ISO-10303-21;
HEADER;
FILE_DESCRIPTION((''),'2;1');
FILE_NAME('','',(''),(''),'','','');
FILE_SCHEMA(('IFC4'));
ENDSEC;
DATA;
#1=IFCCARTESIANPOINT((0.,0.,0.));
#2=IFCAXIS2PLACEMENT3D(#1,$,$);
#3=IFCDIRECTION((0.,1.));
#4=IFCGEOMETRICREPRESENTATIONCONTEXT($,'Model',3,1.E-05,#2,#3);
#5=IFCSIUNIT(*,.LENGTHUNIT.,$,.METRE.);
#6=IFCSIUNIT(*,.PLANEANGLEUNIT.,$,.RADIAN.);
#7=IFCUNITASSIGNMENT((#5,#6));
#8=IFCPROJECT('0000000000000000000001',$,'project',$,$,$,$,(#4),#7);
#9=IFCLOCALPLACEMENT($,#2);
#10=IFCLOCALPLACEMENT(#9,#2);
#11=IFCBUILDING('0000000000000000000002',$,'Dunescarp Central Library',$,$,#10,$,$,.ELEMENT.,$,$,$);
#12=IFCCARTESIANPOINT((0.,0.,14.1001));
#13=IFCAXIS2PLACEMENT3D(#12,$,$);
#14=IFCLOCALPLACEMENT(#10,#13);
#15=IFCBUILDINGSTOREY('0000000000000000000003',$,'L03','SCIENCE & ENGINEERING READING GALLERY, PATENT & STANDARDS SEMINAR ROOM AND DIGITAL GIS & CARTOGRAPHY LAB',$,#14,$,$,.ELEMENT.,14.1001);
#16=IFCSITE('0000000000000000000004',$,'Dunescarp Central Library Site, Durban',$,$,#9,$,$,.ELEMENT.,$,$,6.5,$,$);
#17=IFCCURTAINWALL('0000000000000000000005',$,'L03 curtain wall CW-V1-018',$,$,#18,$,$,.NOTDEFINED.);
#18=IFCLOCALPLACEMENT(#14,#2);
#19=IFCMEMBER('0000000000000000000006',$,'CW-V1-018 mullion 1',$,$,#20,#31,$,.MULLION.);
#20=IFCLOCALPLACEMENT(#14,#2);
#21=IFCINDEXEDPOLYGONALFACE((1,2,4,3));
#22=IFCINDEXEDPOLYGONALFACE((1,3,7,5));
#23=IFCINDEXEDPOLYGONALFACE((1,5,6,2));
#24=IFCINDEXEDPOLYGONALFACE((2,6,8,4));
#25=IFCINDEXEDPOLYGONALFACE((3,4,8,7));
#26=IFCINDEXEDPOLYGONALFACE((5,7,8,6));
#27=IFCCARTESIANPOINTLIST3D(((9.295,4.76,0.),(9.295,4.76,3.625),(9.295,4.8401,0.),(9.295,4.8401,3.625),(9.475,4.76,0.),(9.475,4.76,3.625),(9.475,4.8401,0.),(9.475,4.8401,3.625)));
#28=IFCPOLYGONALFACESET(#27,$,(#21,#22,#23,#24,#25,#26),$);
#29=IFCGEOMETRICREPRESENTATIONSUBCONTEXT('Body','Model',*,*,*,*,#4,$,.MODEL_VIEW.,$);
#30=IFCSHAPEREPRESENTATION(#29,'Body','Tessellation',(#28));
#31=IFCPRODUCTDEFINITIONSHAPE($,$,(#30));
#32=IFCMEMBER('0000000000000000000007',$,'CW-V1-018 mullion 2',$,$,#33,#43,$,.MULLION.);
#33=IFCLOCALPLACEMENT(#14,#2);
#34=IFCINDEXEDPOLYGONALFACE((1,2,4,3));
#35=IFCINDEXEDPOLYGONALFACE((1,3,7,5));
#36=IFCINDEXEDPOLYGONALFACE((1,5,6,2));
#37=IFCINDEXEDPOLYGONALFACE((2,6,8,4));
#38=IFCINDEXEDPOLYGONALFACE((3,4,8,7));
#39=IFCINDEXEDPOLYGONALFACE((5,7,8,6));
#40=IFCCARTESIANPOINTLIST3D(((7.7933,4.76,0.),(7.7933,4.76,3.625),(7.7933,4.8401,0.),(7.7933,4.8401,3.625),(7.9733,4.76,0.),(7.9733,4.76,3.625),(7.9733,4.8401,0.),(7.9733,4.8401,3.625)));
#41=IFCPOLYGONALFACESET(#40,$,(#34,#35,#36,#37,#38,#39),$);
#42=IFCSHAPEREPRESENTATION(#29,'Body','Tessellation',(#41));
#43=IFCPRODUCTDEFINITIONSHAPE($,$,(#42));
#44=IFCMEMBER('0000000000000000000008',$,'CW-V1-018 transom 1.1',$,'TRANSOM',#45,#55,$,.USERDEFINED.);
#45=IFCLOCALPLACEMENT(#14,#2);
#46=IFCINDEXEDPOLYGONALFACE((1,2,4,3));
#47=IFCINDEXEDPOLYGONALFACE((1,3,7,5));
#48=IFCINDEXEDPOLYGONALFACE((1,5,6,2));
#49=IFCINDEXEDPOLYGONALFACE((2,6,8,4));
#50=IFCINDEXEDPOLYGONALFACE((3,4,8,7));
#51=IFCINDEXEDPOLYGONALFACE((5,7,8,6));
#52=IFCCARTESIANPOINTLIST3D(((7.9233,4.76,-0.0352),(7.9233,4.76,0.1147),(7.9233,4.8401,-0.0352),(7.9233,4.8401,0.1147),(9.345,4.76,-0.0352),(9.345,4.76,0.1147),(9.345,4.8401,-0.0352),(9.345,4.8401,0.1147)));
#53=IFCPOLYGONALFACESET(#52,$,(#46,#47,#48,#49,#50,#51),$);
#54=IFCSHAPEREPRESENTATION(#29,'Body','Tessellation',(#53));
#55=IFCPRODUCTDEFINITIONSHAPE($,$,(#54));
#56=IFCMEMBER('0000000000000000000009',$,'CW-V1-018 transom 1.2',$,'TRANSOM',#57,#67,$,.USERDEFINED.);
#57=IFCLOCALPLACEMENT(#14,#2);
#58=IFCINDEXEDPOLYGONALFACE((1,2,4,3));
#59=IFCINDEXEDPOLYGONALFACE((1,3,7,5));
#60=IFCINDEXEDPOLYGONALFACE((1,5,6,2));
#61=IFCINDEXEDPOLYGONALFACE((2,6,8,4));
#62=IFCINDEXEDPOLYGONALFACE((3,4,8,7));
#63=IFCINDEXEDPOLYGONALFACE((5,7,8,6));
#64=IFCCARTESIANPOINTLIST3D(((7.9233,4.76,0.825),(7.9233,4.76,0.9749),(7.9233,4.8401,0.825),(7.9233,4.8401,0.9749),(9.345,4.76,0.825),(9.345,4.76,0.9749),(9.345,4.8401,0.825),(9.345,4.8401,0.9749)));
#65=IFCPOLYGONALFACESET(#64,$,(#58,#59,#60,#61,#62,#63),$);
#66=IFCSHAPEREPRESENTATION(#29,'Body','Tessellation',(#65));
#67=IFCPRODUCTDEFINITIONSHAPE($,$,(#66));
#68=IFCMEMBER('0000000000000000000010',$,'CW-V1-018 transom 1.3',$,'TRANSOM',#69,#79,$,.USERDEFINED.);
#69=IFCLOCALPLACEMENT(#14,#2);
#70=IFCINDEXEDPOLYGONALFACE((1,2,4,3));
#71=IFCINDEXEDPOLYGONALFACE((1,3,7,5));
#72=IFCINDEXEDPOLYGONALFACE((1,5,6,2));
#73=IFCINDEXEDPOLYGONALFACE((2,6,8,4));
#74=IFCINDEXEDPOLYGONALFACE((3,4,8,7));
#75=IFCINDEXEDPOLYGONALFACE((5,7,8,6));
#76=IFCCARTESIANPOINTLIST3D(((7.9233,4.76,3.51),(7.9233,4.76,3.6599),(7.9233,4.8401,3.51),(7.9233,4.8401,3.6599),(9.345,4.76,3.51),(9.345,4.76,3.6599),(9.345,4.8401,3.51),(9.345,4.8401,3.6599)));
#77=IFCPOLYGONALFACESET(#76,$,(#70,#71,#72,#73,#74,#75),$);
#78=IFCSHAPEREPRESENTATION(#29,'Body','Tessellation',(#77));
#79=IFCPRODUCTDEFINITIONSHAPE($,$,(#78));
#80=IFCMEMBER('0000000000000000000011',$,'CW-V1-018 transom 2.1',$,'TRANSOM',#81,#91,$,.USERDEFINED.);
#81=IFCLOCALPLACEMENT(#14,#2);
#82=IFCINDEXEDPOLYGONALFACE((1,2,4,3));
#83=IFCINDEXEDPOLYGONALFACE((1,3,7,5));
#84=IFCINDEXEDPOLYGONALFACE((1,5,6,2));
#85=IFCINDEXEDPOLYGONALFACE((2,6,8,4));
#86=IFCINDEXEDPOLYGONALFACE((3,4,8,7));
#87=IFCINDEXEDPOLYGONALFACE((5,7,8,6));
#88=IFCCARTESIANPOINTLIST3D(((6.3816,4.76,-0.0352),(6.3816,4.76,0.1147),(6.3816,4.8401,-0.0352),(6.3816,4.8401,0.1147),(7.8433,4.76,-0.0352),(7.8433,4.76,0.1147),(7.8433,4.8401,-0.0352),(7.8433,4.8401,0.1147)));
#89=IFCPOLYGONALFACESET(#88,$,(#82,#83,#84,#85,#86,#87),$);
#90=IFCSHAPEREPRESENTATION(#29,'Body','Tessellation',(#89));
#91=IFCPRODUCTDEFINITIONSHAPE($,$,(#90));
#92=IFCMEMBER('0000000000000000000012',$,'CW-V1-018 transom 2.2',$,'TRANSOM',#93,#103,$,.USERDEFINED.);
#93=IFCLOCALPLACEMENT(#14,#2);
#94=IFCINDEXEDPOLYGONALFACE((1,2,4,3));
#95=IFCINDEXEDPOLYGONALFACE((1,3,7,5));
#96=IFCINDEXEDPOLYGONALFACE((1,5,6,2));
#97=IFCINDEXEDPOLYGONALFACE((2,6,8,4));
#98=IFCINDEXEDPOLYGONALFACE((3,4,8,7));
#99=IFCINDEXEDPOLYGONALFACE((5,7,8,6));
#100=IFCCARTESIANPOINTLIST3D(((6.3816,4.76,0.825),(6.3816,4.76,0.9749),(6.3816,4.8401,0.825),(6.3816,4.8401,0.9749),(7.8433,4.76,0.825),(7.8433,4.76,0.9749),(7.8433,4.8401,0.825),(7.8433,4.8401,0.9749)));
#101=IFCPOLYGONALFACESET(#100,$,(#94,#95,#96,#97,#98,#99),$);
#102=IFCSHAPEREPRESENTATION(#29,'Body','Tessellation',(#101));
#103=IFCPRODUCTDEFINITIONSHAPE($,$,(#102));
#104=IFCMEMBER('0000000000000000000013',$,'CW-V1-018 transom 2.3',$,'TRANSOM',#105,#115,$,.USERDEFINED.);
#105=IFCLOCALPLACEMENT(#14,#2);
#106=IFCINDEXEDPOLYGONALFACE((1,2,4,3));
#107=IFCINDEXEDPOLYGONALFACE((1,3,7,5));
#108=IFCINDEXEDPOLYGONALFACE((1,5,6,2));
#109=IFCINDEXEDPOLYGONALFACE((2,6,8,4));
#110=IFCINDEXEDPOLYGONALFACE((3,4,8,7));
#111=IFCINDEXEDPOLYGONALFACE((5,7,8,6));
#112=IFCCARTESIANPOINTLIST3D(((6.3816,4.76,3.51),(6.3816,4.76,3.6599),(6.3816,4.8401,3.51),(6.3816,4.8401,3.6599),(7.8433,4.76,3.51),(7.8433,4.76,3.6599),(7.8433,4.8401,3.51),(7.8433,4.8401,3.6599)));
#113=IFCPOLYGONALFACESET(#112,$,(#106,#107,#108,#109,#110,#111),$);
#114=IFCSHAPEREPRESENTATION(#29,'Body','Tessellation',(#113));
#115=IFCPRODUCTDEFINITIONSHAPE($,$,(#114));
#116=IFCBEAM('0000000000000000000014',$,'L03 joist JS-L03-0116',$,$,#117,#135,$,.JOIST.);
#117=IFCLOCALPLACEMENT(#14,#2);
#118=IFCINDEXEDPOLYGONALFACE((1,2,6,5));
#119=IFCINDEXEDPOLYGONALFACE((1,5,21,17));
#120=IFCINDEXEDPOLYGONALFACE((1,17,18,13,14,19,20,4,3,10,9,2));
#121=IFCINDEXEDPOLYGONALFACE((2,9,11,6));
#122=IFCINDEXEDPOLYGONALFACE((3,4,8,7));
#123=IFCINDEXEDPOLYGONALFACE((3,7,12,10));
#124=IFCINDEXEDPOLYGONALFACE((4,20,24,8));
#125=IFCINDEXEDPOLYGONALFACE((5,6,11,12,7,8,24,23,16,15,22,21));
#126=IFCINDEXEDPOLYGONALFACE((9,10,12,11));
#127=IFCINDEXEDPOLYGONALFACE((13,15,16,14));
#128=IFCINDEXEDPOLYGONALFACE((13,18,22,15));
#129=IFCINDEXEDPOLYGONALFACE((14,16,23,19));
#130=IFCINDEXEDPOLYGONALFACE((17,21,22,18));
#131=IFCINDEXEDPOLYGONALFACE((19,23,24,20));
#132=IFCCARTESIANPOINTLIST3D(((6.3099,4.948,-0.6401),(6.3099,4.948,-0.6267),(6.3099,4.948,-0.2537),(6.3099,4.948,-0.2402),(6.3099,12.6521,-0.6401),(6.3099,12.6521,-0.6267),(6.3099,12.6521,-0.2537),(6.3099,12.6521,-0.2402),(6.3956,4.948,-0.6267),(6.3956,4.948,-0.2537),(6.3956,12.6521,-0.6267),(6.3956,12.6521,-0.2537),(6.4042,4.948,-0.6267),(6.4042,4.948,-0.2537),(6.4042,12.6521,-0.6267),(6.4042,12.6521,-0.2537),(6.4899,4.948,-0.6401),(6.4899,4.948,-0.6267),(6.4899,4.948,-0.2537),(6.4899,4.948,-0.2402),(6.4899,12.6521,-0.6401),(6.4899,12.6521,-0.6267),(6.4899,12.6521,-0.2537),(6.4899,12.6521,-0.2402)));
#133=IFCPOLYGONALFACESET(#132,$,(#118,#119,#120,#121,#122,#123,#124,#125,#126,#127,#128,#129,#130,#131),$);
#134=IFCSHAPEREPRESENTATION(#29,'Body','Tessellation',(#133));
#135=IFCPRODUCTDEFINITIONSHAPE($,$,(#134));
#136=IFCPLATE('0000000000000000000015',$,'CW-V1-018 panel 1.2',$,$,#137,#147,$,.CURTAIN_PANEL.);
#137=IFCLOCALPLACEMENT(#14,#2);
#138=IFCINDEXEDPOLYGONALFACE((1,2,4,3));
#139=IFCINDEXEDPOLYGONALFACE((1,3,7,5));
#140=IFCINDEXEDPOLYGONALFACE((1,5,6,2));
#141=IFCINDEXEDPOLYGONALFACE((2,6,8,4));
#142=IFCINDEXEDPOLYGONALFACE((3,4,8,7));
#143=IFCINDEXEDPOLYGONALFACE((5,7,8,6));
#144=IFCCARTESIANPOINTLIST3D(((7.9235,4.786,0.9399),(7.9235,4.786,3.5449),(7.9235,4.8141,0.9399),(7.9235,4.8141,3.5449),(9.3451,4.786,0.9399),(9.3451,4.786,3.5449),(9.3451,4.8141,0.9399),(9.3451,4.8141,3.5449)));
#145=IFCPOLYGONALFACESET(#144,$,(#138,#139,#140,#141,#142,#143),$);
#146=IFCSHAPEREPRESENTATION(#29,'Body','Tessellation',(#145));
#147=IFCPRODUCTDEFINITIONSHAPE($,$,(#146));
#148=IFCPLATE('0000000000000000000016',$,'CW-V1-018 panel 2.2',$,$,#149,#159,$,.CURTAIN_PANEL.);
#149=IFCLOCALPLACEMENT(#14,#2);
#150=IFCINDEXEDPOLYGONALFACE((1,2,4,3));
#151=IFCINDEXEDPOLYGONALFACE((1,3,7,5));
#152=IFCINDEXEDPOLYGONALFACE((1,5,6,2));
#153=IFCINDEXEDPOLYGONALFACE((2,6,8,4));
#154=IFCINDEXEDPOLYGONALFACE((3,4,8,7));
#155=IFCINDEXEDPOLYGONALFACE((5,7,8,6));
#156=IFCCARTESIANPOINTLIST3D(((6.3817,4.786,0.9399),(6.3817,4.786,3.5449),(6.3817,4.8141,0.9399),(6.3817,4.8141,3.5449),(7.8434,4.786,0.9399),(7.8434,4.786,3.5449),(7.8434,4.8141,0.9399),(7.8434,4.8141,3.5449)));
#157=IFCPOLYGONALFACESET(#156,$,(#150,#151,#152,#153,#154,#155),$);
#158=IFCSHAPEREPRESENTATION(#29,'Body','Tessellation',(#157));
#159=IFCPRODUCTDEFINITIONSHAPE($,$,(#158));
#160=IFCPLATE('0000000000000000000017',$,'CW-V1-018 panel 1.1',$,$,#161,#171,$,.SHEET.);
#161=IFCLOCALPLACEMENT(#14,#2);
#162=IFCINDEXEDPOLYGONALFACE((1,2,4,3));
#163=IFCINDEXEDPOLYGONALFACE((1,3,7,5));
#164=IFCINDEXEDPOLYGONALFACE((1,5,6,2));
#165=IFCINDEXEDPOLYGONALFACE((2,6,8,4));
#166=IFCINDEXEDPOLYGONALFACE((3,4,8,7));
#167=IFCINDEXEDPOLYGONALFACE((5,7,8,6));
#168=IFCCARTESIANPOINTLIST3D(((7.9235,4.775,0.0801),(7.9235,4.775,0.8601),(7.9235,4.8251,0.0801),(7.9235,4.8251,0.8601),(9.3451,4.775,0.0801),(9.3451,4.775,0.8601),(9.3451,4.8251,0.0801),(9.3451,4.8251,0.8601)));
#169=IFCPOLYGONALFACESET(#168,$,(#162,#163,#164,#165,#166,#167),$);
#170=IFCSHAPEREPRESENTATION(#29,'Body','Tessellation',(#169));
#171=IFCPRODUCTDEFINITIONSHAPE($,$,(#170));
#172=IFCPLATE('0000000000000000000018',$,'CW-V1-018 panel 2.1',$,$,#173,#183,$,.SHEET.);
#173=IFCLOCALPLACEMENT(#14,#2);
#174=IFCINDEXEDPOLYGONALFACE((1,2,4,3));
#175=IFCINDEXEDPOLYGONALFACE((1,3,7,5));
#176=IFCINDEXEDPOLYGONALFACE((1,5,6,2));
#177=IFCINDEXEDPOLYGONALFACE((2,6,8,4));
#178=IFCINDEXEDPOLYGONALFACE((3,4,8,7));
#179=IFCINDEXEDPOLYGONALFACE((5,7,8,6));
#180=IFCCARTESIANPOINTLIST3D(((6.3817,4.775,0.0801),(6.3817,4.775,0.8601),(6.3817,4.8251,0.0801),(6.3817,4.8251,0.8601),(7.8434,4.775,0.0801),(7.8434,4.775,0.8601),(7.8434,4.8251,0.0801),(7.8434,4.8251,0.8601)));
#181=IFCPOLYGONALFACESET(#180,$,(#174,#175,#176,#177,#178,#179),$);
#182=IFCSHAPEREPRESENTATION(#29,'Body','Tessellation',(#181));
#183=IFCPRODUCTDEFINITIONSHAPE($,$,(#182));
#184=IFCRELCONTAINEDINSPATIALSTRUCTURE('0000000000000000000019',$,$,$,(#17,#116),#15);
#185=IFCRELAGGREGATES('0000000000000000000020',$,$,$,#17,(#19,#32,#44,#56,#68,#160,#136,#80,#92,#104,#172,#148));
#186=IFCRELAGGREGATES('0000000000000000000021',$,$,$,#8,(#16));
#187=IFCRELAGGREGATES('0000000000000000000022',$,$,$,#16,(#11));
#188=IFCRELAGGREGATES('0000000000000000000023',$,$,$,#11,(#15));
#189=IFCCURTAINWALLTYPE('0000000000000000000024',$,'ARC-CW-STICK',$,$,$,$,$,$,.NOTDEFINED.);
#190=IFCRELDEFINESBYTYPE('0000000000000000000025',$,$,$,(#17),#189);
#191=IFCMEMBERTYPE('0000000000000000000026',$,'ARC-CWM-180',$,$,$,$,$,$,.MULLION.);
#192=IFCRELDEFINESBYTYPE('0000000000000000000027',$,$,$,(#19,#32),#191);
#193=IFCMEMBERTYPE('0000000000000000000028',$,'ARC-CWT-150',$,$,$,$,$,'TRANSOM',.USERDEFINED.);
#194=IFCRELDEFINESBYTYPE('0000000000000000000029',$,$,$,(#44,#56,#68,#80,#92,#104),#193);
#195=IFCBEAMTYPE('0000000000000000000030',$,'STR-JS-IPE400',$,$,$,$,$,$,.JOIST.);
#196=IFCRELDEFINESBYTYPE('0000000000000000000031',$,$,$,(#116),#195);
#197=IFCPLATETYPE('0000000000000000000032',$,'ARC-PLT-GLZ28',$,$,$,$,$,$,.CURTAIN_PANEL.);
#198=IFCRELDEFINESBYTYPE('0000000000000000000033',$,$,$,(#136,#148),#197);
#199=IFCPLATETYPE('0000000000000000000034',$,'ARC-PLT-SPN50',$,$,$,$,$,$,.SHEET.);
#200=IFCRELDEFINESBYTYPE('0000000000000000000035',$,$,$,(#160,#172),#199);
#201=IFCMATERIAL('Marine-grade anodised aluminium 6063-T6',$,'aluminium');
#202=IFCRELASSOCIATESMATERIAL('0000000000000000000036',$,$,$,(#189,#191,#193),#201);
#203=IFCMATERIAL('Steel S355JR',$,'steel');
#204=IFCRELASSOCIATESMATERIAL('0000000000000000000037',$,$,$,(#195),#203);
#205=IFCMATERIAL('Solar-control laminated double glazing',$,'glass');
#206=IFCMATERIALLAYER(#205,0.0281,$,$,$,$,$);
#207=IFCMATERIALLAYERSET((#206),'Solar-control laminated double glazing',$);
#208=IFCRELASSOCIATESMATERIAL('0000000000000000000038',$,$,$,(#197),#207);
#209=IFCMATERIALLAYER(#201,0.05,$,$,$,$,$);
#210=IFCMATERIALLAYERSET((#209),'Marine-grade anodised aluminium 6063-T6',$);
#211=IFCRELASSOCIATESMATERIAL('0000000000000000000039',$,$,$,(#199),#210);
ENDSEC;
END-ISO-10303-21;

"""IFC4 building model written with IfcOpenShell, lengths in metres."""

from ifc_helpers import new_model, si_unit, direction, frame, origin, origin_2d, place, context, subcontext, project, spatial, rectangle, i_section, extrude, material, layer, layer_set, material_profile, profile_set, type_object, element, aggregate, save


model = new_model("IFC4")

# Units and contexts
model_context = context("Model", 3, precision=1e-05, world=origin(), true_north=direction((0.0, 1.0)))
body_context = subcontext(model_context, "Body", "Model", "MODEL_VIEW")
ifc_project = project(units=[si_unit("LENGTHUNIT", "METRE"), si_unit("PLANEANGLEUNIT", "RADIAN")], contexts=[model_context])

# Site, building, storey
site_placement = place(None, origin())
site = spatial("IfcSite", under=ifc_project, at=site_placement, Name="Dunescarp Central Library Site, Durban", CompositionType="ELEMENT", RefElevation=6.5)
building_placement = place(site_placement, origin())
building = spatial("IfcBuilding", under=site, at=building_placement, Name="Dunescarp Central Library", CompositionType="ELEMENT")
storey_placement = place(building_placement, frame((0.0, 0.0, 14.1001)))
storey = spatial("IfcBuildingStorey", under=building, at=storey_placement, Name="L03", Description="SCIENCE & ENGINEERING READING GALLERY, PATENT & STANDARDS SEMINAR ROOM AND DIGITAL GIS & CARTOGRAPHY LAB", CompositionType="ELEMENT", Elevation=14.1001)

# Curtain wall, members
ifc_material_1 = material(Name="Marine-grade anodised aluminium 6063-T6", Category="aluminium")
curtain_wall_type = type_object("IfcCurtainWallType", Name="ARC-CW-STICK", PredefinedType="NOTDEFINED", material=ifc_material_1)
curtain_wall_placement = place(storey_placement, origin())
curtain_wall = element("IfcCurtainWall", 1, at=curtain_wall_placement, inside=storey, type_object=curtain_wall_type, Name="L03 curtain wall CW-V1-018", PredefinedType="NOTDEFINED")
ifc_material_profile_1 = material_profile(ifc_material_1, rectangle(XDim=0.0801, YDim=0.1799, at=origin_2d()), Name="AL 80x180")
ifc_profile_set_1 = profile_set([ifc_material_profile_1], Name="Marine-grade anodised aluminium 6063-T6")
member_type_1 = type_object("IfcMemberType", Name="ARC-CWM-180", PredefinedType="MULLION", material=ifc_profile_set_1)
member_1_placement = place(storey_placement, frame((9.385, 4.8, 0.0), z_axis=(0.0, 0.0, 1.0), x_axis=(0.0, -1.0, 0.0)))
member_1 = element("IfcMember", 2, at=member_1_placement, type_object=member_type_1, Name="CW-V1-018 mullion 1", PredefinedType="MULLION", context=body_context, shape_type="SweptSolid", body=[
    extrude(rectangle(XDim=0.0801, YDim=0.1799, at=origin_2d()), origin(), (0.0, 0.0, 1.0), 3.625),
])
member_2_placement = place(storey_placement, frame((7.8833, 4.8, 0.0), z_axis=(0.0, 0.0, 1.0), x_axis=(0.0, -1.0, 0.0)))
member_2 = element("IfcMember", 3, at=member_2_placement, type_object=member_type_1, Name="CW-V1-018 mullion 2", PredefinedType="MULLION", context=body_context, shape_type="SweptSolid", body=[
    extrude(rectangle(XDim=0.0801, YDim=0.1799, at=origin_2d()), origin(), (0.0, 0.0, 1.0), 3.625),
])
ifc_material_profile_2 = material_profile(ifc_material_1, rectangle(XDim=0.0801, YDim=0.1499, at=origin_2d()), Name="AL 80x150")
ifc_profile_set_2 = profile_set([ifc_material_profile_2], Name="Marine-grade anodised aluminium 6063-T6")
member_type_2 = type_object("IfcMemberType", Name="ARC-CWT-150", ElementType="TRANSOM", PredefinedType="USERDEFINED", material=ifc_profile_set_2)
member_3_placement = place(storey_placement, frame((9.345, 4.8, 0.0398), z_axis=(-1.0, 0.0, 0.0), x_axis=(0.0, -1.0, 0.0)))
member_3 = element("IfcMember", 4, at=member_3_placement, type_object=member_type_2, Name="CW-V1-018 transom 1.1", ObjectType="TRANSOM", PredefinedType="USERDEFINED", context=body_context, shape_type="SweptSolid", body=[
    extrude(rectangle(XDim=0.0801, YDim=0.1499, at=origin_2d()), origin(), (0.0, 0.0, 1.0), 1.4216),
])
member_4_placement = place(storey_placement, frame((9.345, 4.8, 0.8999), z_axis=(-1.0, 0.0, 0.0), x_axis=(0.0, -1.0, 0.0)))
member_4 = element("IfcMember", 5, at=member_4_placement, type_object=member_type_2, Name="CW-V1-018 transom 1.2", ObjectType="TRANSOM", PredefinedType="USERDEFINED", context=body_context, shape_type="SweptSolid", body=[
    extrude(rectangle(XDim=0.0801, YDim=0.1499, at=origin_2d()), origin(), (0.0, 0.0, 1.0), 1.4216),
])
member_5_placement = place(storey_placement, frame((9.345, 4.8, 3.585), z_axis=(-1.0, 0.0, 0.0), x_axis=(0.0, -1.0, 0.0)))
member_5 = element("IfcMember", 6, at=member_5_placement, type_object=member_type_2, Name="CW-V1-018 transom 1.3", ObjectType="TRANSOM", PredefinedType="USERDEFINED", context=body_context, shape_type="SweptSolid", body=[
    extrude(rectangle(XDim=0.0801, YDim=0.1499, at=origin_2d()), origin(), (0.0, 0.0, 1.0), 1.4216),
])
member_6_placement = place(storey_placement, frame((7.8433, 4.8, 0.0398), z_axis=(-1.0, 0.0, 0.0), x_axis=(0.0, -1.0, 0.0)))
member_6 = element("IfcMember", 7, at=member_6_placement, type_object=member_type_2, Name="CW-V1-018 transom 2.1", ObjectType="TRANSOM", PredefinedType="USERDEFINED", context=body_context, shape_type="SweptSolid", body=[
    extrude(rectangle(XDim=0.0801, YDim=0.1499, at=origin_2d()), origin(), (0.0, 0.0, 1.0), 1.4617),
])
member_7_placement = place(storey_placement, frame((7.8433, 4.8, 0.8999), z_axis=(-1.0, 0.0, 0.0), x_axis=(0.0, -1.0, 0.0)))
member_7 = element("IfcMember", 8, at=member_7_placement, type_object=member_type_2, Name="CW-V1-018 transom 2.2", ObjectType="TRANSOM", PredefinedType="USERDEFINED", context=body_context, shape_type="SweptSolid", body=[
    extrude(rectangle(XDim=0.0801, YDim=0.1499, at=origin_2d()), origin(), (0.0, 0.0, 1.0), 1.4617),
])
member_8_placement = place(storey_placement, frame((7.8433, 4.8, 3.585), z_axis=(-1.0, 0.0, 0.0), x_axis=(0.0, -1.0, 0.0)))
member_8 = element("IfcMember", 9, at=member_8_placement, type_object=member_type_2, Name="CW-V1-018 transom 2.3", ObjectType="TRANSOM", PredefinedType="USERDEFINED", context=body_context, shape_type="SweptSolid", body=[
    extrude(rectangle(XDim=0.0801, YDim=0.1499, at=origin_2d()), origin(), (0.0, 0.0, 1.0), 1.4617),
])

# Beam
ifc_material_2 = material(Name="Steel S355JR", Category="steel")
ifc_material_profile_3 = material_profile(ifc_material_2, i_section(OverallWidth=0.1799, OverallDepth=0.3999, WebThickness=0.0085, FlangeThickness=0.0134, at=origin_2d()), Name="IPE 400")
ifc_profile_set_3 = profile_set([ifc_material_profile_3], Name="Steel S355JR")
beam_type = type_object("IfcBeamType", Name="STR-JS-IPE400", PredefinedType="JOIST", material=ifc_profile_set_3)
beam_placement = place(storey_placement, frame((6.3999, 4.948, -0.4402), z_axis=(0.0, 1.0, 0.0), x_axis=(-1.0, 0.0, 0.0)))
element("IfcBeam", 10, at=beam_placement, inside=storey, type_object=beam_type, Name="L03 joist JS-L03-0116", PredefinedType="JOIST", context=body_context, shape_type="SweptSolid", body=[
    extrude(i_section(OverallWidth=0.1799, OverallDepth=0.3999, WebThickness=0.0085, FlangeThickness=0.0134, at=origin_2d()), origin(), (0.0, 0.0, 1.0), 7.7041),
])

# Plates
ifc_material_3 = material(Name="Solar-control laminated double glazing", Category="glass")
ifc_layer_1 = layer(ifc_material_3, 0.0281)
ifc_layer_set_1 = layer_set([ifc_layer_1], Name="Solar-control laminated double glazing")
plate_type_1 = type_object("IfcPlateType", Name="ARC-PLT-GLZ28", PredefinedType="CURTAIN_PANEL", material=ifc_layer_set_1)
plate_1_placement = place(storey_placement, frame((8.6343, 4.8, 0.9399), z_axis=(0.0, 0.0, 1.0), x_axis=(-1.0, 0.0, 0.0)))
plate_1 = element("IfcPlate", 11, at=plate_1_placement, type_object=plate_type_1, Name="CW-V1-018 panel 1.2", PredefinedType="CURTAIN_PANEL", context=body_context, shape_type="SweptSolid", body=[
    extrude(rectangle(XDim=1.4216, YDim=0.0281, at=origin_2d()), origin(), (0.0, 0.0, 1.0), 2.605),
])
plate_2_placement = place(storey_placement, frame((7.1125, 4.8, 0.9399), z_axis=(0.0, 0.0, 1.0), x_axis=(-1.0, 0.0, 0.0)))
plate_2 = element("IfcPlate", 12, at=plate_2_placement, type_object=plate_type_1, Name="CW-V1-018 panel 2.2", PredefinedType="CURTAIN_PANEL", context=body_context, shape_type="SweptSolid", body=[
    extrude(rectangle(XDim=1.4617, YDim=0.0281, at=origin_2d()), origin(), (0.0, 0.0, 1.0), 2.605),
])
ifc_layer_2 = layer(ifc_material_1, 0.05)
ifc_layer_set_2 = layer_set([ifc_layer_2], Name="Marine-grade anodised aluminium 6063-T6")
plate_type_2 = type_object("IfcPlateType", Name="ARC-PLT-SPN50", PredefinedType="SHEET", material=ifc_layer_set_2)
plate_3_placement = place(storey_placement, frame((8.6343, 4.8, 0.0801), z_axis=(0.0, 0.0, 1.0), x_axis=(-1.0, 0.0, 0.0)))
plate_3 = element("IfcPlate", 13, at=plate_3_placement, type_object=plate_type_2, Name="CW-V1-018 panel 1.1", PredefinedType="SHEET", context=body_context, shape_type="SweptSolid", body=[
    extrude(rectangle(XDim=1.4216, YDim=0.05, at=origin_2d()), origin(), (0.0, 0.0, 1.0), 0.78),
])
plate_4_placement = place(storey_placement, frame((7.1125, 4.8, 0.0801), z_axis=(0.0, 0.0, 1.0), x_axis=(-1.0, 0.0, 0.0)))
plate_4 = element("IfcPlate", 14, at=plate_4_placement, type_object=plate_type_2, Name="CW-V1-018 panel 2.1", PredefinedType="SHEET", context=body_context, shape_type="SweptSolid", body=[
    extrude(rectangle(XDim=1.4617, YDim=0.05, at=origin_2d()), origin(), (0.0, 0.0, 1.0), 0.78),
])
aggregate(curtain_wall, [member_1, member_2, member_3, member_4, member_5, plate_3, plate_1, member_6, member_7, member_8, plate_4, plate_2])

save(model, "model.ifc")
